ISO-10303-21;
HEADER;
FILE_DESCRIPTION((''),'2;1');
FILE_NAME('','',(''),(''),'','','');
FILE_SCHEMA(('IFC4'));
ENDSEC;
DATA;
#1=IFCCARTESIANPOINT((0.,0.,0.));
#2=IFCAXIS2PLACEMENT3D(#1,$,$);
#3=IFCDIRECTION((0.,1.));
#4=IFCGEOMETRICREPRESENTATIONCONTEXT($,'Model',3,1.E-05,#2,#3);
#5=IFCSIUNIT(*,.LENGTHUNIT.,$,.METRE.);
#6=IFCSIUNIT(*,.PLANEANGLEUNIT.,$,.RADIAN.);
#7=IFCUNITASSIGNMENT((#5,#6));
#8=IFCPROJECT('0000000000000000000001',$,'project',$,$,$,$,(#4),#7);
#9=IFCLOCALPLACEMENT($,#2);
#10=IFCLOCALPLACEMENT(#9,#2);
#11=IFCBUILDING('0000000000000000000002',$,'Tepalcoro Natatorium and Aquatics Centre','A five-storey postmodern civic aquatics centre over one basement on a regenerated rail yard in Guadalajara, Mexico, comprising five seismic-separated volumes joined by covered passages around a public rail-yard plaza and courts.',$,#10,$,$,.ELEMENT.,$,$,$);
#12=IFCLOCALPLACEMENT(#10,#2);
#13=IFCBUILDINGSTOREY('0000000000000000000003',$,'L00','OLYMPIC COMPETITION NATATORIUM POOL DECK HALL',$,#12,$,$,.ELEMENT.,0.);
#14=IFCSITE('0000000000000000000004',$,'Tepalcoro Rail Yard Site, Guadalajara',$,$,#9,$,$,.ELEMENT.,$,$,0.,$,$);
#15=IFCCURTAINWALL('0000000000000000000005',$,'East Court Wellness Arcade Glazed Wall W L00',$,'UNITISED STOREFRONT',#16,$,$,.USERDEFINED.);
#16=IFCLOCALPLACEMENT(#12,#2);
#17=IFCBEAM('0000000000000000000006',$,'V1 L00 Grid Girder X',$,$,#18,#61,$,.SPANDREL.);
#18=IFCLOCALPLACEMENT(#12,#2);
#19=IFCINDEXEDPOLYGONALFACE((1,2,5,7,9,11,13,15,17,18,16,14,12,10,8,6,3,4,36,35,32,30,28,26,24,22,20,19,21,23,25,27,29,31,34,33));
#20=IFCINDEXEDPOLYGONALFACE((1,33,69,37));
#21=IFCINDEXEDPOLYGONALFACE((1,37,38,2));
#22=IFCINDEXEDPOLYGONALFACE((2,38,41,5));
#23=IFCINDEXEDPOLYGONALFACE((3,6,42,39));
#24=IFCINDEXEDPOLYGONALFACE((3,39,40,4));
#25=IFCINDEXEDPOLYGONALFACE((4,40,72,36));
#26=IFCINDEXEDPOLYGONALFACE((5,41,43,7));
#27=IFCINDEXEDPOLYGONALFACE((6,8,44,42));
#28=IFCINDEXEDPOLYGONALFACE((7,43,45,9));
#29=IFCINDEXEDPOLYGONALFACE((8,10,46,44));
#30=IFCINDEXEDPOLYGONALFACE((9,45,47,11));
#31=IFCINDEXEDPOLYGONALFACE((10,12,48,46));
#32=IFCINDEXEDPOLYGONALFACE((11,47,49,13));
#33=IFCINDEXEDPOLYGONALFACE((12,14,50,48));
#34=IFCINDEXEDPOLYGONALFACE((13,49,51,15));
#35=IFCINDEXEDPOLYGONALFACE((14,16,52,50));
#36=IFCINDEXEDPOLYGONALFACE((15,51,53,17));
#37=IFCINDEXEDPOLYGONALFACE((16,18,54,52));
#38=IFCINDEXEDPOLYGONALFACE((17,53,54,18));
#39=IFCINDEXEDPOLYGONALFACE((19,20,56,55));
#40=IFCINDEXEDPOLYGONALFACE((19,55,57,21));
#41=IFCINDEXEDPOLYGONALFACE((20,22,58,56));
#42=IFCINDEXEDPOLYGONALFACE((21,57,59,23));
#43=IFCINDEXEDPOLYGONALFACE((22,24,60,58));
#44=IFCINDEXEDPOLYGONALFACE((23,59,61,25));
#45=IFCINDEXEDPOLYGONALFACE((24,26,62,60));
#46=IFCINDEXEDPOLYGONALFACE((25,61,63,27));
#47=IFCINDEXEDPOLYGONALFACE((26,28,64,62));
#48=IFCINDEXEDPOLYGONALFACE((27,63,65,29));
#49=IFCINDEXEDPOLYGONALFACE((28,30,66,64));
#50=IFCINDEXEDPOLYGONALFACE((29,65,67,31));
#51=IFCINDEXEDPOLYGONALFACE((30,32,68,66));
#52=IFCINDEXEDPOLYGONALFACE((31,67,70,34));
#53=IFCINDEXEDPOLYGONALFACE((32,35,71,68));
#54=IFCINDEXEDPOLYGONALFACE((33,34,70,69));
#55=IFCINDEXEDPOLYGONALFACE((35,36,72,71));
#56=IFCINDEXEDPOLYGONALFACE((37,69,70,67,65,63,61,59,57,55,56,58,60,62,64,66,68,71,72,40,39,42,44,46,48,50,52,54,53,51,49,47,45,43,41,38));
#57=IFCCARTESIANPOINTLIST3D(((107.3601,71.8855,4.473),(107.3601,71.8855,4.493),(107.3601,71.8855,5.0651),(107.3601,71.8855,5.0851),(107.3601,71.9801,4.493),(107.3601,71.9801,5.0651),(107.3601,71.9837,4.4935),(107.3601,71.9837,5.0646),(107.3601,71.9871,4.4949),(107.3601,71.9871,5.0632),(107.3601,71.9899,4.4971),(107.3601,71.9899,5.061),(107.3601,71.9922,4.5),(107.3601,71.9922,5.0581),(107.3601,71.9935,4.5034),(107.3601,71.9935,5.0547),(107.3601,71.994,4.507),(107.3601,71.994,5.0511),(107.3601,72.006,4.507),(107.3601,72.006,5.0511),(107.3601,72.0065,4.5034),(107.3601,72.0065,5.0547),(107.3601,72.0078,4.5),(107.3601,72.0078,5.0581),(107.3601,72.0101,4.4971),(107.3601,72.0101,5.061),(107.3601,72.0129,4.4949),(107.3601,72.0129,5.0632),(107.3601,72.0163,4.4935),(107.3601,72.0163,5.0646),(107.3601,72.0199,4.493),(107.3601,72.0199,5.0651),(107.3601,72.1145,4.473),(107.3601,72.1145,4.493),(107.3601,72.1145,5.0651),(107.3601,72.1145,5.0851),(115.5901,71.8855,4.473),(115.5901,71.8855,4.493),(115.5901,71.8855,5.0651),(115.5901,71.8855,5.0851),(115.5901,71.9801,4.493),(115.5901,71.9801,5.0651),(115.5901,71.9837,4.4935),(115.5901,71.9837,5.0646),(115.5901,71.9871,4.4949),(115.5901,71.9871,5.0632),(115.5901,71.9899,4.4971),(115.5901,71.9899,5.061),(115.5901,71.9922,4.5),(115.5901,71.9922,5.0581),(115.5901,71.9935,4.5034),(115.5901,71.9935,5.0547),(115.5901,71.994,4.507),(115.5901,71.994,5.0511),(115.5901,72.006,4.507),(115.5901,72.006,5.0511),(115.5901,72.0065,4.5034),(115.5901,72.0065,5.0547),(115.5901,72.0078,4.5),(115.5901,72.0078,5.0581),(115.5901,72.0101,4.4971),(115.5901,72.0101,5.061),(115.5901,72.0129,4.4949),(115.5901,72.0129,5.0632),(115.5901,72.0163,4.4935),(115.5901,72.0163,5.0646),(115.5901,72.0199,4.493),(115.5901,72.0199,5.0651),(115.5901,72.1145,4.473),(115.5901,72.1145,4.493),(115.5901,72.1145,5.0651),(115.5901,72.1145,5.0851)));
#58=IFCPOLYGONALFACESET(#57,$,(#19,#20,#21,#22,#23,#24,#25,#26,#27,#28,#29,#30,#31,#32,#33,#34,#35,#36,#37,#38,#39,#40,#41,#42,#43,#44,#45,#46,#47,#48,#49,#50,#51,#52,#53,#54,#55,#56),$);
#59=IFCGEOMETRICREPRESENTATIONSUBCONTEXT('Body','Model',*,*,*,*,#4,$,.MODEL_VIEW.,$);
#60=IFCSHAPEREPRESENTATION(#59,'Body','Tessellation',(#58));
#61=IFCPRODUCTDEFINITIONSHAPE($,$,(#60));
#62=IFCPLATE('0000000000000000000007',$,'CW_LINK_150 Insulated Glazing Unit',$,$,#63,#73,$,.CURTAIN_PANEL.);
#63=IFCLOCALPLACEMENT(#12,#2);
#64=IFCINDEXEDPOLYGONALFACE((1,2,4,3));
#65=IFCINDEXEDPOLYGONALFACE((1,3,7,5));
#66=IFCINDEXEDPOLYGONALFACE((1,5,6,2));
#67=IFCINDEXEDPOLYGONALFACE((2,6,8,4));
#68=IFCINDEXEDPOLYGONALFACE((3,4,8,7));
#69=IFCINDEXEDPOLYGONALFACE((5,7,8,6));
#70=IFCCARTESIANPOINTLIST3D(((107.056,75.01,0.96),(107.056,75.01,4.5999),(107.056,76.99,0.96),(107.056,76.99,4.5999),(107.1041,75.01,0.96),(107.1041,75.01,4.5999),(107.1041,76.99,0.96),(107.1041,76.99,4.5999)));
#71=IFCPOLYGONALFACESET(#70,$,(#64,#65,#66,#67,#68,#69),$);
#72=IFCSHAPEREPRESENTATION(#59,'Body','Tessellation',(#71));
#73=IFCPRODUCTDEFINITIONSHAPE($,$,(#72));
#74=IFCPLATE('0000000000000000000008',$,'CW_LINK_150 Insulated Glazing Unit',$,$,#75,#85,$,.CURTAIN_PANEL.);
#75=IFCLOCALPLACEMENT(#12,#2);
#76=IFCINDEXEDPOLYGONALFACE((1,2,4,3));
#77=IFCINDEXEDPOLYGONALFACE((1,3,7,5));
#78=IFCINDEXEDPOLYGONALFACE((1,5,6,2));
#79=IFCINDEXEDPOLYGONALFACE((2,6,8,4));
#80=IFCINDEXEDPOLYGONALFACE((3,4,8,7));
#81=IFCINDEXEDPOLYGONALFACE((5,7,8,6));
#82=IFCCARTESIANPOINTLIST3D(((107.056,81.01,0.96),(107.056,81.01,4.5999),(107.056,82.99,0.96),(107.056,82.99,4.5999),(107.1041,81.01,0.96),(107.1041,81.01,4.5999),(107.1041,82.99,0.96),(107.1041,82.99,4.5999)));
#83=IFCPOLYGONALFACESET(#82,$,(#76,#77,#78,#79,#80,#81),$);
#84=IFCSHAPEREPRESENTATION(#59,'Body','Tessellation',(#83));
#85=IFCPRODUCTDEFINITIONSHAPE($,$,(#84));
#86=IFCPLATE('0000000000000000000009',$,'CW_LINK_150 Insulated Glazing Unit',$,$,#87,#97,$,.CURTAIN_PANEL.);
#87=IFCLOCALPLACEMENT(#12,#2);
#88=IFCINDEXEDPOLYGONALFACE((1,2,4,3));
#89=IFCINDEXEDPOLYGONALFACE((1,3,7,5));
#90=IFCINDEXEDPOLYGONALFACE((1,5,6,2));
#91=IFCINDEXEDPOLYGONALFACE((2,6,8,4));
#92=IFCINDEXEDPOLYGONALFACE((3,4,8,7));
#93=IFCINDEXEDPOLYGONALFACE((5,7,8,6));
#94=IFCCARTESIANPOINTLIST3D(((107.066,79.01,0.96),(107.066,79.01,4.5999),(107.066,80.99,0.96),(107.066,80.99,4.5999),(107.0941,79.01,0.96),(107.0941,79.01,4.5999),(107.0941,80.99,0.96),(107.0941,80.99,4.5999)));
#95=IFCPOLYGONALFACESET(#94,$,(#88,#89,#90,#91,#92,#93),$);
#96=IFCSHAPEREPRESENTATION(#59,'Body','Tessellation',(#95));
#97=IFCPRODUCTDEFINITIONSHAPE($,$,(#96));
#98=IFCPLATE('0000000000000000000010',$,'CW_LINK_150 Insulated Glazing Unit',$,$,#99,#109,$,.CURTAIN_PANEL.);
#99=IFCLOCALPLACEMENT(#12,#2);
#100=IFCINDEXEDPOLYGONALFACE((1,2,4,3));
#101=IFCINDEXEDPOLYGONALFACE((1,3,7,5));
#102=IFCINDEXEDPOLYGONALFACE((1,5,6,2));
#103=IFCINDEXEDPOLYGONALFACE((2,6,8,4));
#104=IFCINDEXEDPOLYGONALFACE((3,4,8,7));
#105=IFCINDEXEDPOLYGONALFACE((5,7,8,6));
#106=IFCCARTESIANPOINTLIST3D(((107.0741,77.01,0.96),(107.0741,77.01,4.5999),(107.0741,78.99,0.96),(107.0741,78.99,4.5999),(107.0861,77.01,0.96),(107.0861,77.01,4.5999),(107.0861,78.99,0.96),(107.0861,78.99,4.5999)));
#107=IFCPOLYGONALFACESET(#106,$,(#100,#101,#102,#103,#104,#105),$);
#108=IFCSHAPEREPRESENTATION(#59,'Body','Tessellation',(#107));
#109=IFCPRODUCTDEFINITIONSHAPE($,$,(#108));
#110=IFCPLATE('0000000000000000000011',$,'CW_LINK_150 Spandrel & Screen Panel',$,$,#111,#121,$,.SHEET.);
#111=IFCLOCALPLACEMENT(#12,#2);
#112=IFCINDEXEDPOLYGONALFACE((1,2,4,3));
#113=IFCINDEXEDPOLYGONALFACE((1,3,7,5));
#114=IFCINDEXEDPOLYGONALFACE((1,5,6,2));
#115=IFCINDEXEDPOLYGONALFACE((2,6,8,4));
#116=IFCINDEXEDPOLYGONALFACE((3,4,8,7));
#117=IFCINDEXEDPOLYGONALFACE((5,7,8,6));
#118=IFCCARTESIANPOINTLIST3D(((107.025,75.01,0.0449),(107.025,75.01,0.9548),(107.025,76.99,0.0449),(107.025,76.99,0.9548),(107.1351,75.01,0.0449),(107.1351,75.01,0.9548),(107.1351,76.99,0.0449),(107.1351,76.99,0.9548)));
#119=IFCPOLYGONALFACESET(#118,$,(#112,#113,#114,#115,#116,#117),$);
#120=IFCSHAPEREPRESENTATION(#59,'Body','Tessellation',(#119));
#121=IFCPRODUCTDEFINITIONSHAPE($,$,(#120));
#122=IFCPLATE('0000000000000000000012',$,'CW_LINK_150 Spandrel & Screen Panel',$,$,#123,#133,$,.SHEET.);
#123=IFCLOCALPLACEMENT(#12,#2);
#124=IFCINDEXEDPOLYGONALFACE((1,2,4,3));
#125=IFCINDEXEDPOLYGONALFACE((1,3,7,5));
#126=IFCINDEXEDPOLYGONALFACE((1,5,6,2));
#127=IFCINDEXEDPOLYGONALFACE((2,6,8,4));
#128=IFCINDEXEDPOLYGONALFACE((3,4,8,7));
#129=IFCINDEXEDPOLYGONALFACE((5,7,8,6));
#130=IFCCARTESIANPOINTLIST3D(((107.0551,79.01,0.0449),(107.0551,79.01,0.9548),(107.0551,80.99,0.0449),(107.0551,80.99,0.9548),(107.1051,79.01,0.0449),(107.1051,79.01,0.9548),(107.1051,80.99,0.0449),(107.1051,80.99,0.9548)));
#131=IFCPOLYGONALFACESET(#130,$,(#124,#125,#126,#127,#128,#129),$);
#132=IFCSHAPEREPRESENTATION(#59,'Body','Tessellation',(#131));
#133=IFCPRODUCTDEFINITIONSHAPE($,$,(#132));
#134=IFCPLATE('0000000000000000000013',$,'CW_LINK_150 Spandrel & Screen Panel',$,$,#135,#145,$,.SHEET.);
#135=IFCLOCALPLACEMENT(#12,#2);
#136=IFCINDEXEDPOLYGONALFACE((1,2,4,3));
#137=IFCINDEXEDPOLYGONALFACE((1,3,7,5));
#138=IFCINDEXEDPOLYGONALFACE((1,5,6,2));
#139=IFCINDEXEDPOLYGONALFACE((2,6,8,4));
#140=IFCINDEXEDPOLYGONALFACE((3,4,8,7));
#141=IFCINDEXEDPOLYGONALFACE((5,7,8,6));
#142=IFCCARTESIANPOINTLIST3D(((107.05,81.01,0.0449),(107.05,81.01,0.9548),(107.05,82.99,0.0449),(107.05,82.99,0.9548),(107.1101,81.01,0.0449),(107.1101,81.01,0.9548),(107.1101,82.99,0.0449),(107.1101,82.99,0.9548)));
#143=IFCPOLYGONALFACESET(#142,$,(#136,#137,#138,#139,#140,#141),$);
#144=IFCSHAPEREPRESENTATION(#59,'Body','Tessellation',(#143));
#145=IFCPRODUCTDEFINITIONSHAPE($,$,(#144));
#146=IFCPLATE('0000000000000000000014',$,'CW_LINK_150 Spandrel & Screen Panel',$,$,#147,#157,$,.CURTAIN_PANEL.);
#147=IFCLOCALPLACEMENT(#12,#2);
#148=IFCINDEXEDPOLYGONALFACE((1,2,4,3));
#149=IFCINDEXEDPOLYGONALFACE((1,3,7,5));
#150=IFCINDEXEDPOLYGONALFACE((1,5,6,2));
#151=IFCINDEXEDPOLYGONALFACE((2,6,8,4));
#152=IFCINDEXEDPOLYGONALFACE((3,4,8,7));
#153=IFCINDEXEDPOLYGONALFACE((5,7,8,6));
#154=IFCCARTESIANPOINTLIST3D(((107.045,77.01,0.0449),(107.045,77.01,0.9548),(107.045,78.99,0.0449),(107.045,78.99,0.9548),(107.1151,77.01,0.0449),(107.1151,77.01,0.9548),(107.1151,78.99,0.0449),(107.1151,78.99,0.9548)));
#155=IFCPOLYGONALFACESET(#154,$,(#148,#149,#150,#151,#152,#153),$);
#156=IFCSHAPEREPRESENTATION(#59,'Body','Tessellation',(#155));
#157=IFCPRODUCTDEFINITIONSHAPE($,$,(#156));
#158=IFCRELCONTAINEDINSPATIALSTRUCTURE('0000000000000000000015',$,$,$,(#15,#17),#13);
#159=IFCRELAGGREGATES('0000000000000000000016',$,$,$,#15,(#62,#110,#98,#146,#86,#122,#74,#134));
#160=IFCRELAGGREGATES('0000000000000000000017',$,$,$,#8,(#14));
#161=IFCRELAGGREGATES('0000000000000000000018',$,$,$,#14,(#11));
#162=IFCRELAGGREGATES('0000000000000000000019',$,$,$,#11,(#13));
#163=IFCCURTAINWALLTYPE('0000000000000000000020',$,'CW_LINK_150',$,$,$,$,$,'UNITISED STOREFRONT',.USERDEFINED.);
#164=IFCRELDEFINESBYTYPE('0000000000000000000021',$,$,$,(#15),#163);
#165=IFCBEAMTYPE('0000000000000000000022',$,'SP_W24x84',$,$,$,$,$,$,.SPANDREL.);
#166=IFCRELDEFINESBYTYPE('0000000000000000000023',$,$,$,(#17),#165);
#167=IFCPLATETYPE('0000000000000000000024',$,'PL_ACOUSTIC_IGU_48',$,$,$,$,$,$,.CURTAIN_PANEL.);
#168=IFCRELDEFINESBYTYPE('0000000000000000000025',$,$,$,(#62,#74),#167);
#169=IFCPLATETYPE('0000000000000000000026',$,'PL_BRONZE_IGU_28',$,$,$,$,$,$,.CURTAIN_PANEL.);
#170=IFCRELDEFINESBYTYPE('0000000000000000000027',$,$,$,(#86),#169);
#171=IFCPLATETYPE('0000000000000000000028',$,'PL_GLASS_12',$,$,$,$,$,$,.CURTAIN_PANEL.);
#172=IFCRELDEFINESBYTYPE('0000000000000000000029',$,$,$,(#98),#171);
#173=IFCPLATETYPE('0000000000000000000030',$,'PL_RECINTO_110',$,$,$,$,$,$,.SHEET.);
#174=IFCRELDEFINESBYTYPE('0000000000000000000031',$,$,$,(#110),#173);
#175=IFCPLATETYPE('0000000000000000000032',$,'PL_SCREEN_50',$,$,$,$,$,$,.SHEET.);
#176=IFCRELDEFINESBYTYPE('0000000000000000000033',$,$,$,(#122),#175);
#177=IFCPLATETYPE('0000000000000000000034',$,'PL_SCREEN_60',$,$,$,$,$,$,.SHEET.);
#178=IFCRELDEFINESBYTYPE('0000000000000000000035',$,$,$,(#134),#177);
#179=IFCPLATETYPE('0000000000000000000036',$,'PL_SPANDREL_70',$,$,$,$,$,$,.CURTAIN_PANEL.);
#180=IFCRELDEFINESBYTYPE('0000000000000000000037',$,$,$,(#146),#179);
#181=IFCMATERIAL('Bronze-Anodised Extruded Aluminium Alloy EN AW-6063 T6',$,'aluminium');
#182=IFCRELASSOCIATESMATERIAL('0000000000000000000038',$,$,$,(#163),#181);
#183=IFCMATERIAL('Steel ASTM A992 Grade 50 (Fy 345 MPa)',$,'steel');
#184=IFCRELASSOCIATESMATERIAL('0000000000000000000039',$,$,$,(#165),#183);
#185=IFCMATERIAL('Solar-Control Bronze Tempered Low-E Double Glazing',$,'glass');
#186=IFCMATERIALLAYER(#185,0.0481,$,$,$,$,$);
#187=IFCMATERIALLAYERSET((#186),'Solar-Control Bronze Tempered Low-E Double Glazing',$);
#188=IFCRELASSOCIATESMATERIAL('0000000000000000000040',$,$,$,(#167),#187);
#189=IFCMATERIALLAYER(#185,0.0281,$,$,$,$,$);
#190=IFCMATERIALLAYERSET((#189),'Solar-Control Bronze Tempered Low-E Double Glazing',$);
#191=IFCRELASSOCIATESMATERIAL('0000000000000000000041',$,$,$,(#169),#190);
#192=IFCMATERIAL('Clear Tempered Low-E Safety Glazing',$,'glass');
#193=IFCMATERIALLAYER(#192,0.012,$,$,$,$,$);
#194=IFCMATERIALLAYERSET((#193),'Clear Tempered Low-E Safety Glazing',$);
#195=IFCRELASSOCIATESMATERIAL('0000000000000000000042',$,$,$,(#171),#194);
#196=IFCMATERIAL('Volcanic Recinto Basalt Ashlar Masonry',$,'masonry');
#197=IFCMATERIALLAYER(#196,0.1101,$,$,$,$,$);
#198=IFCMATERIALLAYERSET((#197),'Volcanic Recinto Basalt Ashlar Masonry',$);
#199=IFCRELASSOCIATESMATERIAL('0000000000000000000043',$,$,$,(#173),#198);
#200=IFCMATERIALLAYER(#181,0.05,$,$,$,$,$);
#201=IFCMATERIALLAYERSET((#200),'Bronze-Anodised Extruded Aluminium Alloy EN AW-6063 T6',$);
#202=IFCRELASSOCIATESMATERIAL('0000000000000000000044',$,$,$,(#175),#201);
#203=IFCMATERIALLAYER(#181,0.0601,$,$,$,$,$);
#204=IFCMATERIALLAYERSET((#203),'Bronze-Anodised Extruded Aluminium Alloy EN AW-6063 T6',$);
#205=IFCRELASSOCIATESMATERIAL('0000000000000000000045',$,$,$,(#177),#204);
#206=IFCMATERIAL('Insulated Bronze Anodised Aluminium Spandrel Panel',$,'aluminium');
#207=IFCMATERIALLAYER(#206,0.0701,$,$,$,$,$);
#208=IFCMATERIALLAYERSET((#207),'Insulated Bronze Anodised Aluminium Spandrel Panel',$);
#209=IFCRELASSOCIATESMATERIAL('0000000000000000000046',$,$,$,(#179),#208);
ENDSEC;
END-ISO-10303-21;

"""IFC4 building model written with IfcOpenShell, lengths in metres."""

from ifc_helpers import new_model, si_unit, direction, frame, origin, origin_2d, place, context, subcontext, project, spatial, rectangle, i_section, extrude, material, layer, layer_set, material_profile, profile_set, type_object, element, aggregate, save


model = new_model("IFC4")

# Units and contexts
model_context = context("Model", 3, precision=1e-05, world=origin(), true_north=direction((0.0, 1.0)))
body_context = subcontext(model_context, "Body", "Model", "MODEL_VIEW")
ifc_project = project(units=[si_unit("LENGTHUNIT", "METRE"), si_unit("PLANEANGLEUNIT", "RADIAN")], contexts=[model_context])

# Site, building, storey
site_placement = place(None, origin())
site = spatial("IfcSite", under=ifc_project, at=site_placement, Name="Tepalcoro Rail Yard Site, Guadalajara", CompositionType="ELEMENT", RefElevation=0.0)
building_placement = place(site_placement, origin())
building = spatial("IfcBuilding", under=site, at=building_placement, Name="Tepalcoro Natatorium and Aquatics Centre", Description="A five-storey postmodern civic aquatics centre over one basement on a regenerated rail yard in Guadalajara, Mexico, comprising five seismic-separated volumes joined by covered passages around a public rail-yard plaza and courts.", CompositionType="ELEMENT")
storey_placement = place(building_placement, origin())
storey = spatial("IfcBuildingStorey", under=building, at=storey_placement, Name="L00", Description="OLYMPIC COMPETITION NATATORIUM POOL DECK HALL", CompositionType="ELEMENT", Elevation=0.0)

# Shared definitions
ifc_material_1 = material(Name="Steel ASTM A992 Grade 50 (Fy 345 MPa)", Category="steel")

# Curtain wall
ifc_material_2 = material(Name="Bronze-Anodised Extruded Aluminium Alloy EN AW-6063 T6", Category="aluminium")
curtain_wall_type = type_object("IfcCurtainWallType", Name="CW_LINK_150", ElementType="UNITISED STOREFRONT", PredefinedType="USERDEFINED", material=ifc_material_2)
curtain_wall_placement = place(storey_placement, origin())
curtain_wall = element("IfcCurtainWall", 1, at=curtain_wall_placement, inside=storey, type_object=curtain_wall_type, Name="East Court Wellness Arcade Glazed Wall W L00", ObjectType="UNITISED STOREFRONT", PredefinedType="USERDEFINED")

# Beam
ifc_material_profile_1 = material_profile(ifc_material_1, i_section(OverallWidth=0.229, OverallDepth=0.6121, WebThickness=0.012, FlangeThickness=0.02, FilletRadius=0.0139, at=origin_2d()), Name="W24X84")
ifc_profile_set_1 = profile_set([ifc_material_profile_1], Name="Steel ASTM A992 Grade 50 (Fy 345 MPa)")
beam_type_1 = type_object("IfcBeamType", Name="SP_W24x84", PredefinedType="SPANDREL", material=ifc_profile_set_1)
beam_1_placement = place(storey_placement, frame((107.3601, 72.0, 4.7791), z_axis=(1.0, 0.0, 0.0), x_axis=(0.0, 1.0, 0.0)))
element("IfcBeam", 2, at=beam_1_placement, inside=storey, type_object=beam_type_1, Name="V1 L00 Grid Girder X", PredefinedType="SPANDREL", context=body_context, shape_type="SweptSolid", body=[
    extrude(i_section(OverallWidth=0.229, OverallDepth=0.6121, WebThickness=0.012, FlangeThickness=0.02, FilletRadius=0.0139, at=origin_2d()), origin(), (0.0, 0.0, 1.0), 8.23),
])

# Plates
ifc_material_3 = material(Name="Solar-Control Bronze Tempered Low-E Double Glazing", Category="glass")
ifc_layer_1 = layer(ifc_material_3, 0.0481)
ifc_layer_set_1 = layer_set([ifc_layer_1], Name="Solar-Control Bronze Tempered Low-E Double Glazing")
plate_type_1 = type_object("IfcPlateType", Name="PL_ACOUSTIC_IGU_48", PredefinedType="CURTAIN_PANEL", material=ifc_layer_set_1)
plate_1_placement = place(storey_placement, frame((107.0801, 76.0, 0.96), z_axis=(0.0, 0.0, 1.0), x_axis=(1.0, 0.0, 0.0)))
plate_1 = element("IfcPlate", 3, at=plate_1_placement, type_object=plate_type_1, Name="CW_LINK_150 Insulated Glazing Unit", PredefinedType="CURTAIN_PANEL", context=body_context, shape_type="SweptSolid", body=[
    extrude(rectangle(XDim=0.0481, YDim=1.98, at=origin_2d()), origin(), (0.0, 0.0, 1.0), 3.6399),
])
plate_2_placement = place(storey_placement, frame((107.0801, 82.0, 0.96), z_axis=(0.0, 0.0, 1.0), x_axis=(1.0, 0.0, 0.0)))
plate_2 = element("IfcPlate", 4, at=plate_2_placement, type_object=plate_type_1, Name="CW_LINK_150 Insulated Glazing Unit", PredefinedType="CURTAIN_PANEL", context=body_context, shape_type="SweptSolid", body=[
    extrude(rectangle(XDim=0.0481, YDim=1.98, at=origin_2d()), origin(), (0.0, 0.0, 1.0), 3.6399),
])
ifc_layer_2 = layer(ifc_material_3, 0.0281)
ifc_layer_set_2 = layer_set([ifc_layer_2], Name="Solar-Control Bronze Tempered Low-E Double Glazing")
plate_type_2 = type_object("IfcPlateType", Name="PL_BRONZE_IGU_28", PredefinedType="CURTAIN_PANEL", material=ifc_layer_set_2)
plate_3_placement = place(storey_placement, frame((107.0801, 80.0, 0.96), z_axis=(0.0, 0.0, 1.0), x_axis=(1.0, 0.0, 0.0)))
plate_3 = element("IfcPlate", 5, at=plate_3_placement, type_object=plate_type_2, Name="CW_LINK_150 Insulated Glazing Unit", PredefinedType="CURTAIN_PANEL", context=body_context, shape_type="SweptSolid", body=[
    extrude(rectangle(XDim=0.0281, YDim=1.98, at=origin_2d()), origin(), (0.0, 0.0, 1.0), 3.6399),
])
ifc_material_4 = material(Name="Clear Tempered Low-E Safety Glazing", Category="glass")
ifc_layer_3 = layer(ifc_material_4, 0.012)
ifc_layer_set_3 = layer_set([ifc_layer_3], Name="Clear Tempered Low-E Safety Glazing")
plate_type_3 = type_object("IfcPlateType", Name="PL_GLASS_12", PredefinedType="CURTAIN_PANEL", material=ifc_layer_set_3)
plate_4_placement = place(storey_placement, frame((107.0801, 78.0, 0.96), z_axis=(0.0, 0.0, 1.0), x_axis=(1.0, 0.0, 0.0)))
plate_4 = element("IfcPlate", 6, at=plate_4_placement, type_object=plate_type_3, Name="CW_LINK_150 Insulated Glazing Unit", PredefinedType="CURTAIN_PANEL", context=body_context, shape_type="SweptSolid", body=[
    extrude(rectangle(XDim=0.012, YDim=1.98, at=origin_2d()), origin(), (0.0, 0.0, 1.0), 3.6399),
])
ifc_material_5 = material(Name="Volcanic Recinto Basalt Ashlar Masonry", Category="masonry")
ifc_layer_4 = layer(ifc_material_5, 0.1101)
ifc_layer_set_4 = layer_set([ifc_layer_4], Name="Volcanic Recinto Basalt Ashlar Masonry")
plate_type_4 = type_object("IfcPlateType", Name="PL_RECINTO_110", PredefinedType="SHEET", material=ifc_layer_set_4)
plate_5_placement = place(storey_placement, frame((107.0801, 76.0, 0.0449), z_axis=(0.0, 0.0, 1.0), x_axis=(1.0, 0.0, 0.0)))
plate_5 = element("IfcPlate", 7, at=plate_5_placement, type_object=plate_type_4, Name="CW_LINK_150 Spandrel & Screen Panel", PredefinedType="SHEET", context=body_context, shape_type="SweptSolid", body=[
    extrude(rectangle(XDim=0.1101, YDim=1.98, at=origin_2d()), origin(), (0.0, 0.0, 1.0), 0.9099),
])
ifc_layer_5 = layer(ifc_material_2, 0.05)
ifc_layer_set_5 = layer_set([ifc_layer_5], Name="Bronze-Anodised Extruded Aluminium Alloy EN AW-6063 T6")
plate_type_5 = type_object("IfcPlateType", Name="PL_SCREEN_50", PredefinedType="SHEET", material=ifc_layer_set_5)
plate_6_placement = place(storey_placement, frame((107.0801, 80.0, 0.0449), z_axis=(0.0, 0.0, 1.0), x_axis=(1.0, 0.0, 0.0)))
plate_6 = element("IfcPlate", 8, at=plate_6_placement, type_object=plate_type_5, Name="CW_LINK_150 Spandrel & Screen Panel", PredefinedType="SHEET", context=body_context, shape_type="SweptSolid", body=[
    extrude(rectangle(XDim=0.05, YDim=1.98, at=origin_2d()), origin(), (0.0, 0.0, 1.0), 0.9099),
])
ifc_layer_6 = layer(ifc_material_2, 0.0601)
ifc_layer_set_6 = layer_set([ifc_layer_6], Name="Bronze-Anodised Extruded Aluminium Alloy EN AW-6063 T6")
plate_type_6 = type_object("IfcPlateType", Name="PL_SCREEN_60", PredefinedType="SHEET", material=ifc_layer_set_6)
plate_7_placement = place(storey_placement, frame((107.0801, 82.0, 0.0449), z_axis=(0.0, 0.0, 1.0), x_axis=(1.0, 0.0, 0.0)))
plate_7 = element("IfcPlate", 9, at=plate_7_placement, type_object=plate_type_6, Name="CW_LINK_150 Spandrel & Screen Panel", PredefinedType="SHEET", context=body_context, shape_type="SweptSolid", body=[
    extrude(rectangle(XDim=0.0601, YDim=1.98, at=origin_2d()), origin(), (0.0, 0.0, 1.0), 0.9099),
])
ifc_material_6 = material(Name="Insulated Bronze Anodised Aluminium Spandrel Panel", Category="aluminium")
ifc_layer_7 = layer(ifc_material_6, 0.0701)
ifc_layer_set_7 = layer_set([ifc_layer_7], Name="Insulated Bronze Anodised Aluminium Spandrel Panel")
plate_type_7 = type_object("IfcPlateType", Name="PL_SPANDREL_70", PredefinedType="CURTAIN_PANEL", material=ifc_layer_set_7)
plate_8_placement = place(storey_placement, frame((107.0801, 78.0, 0.0449), z_axis=(0.0, 0.0, 1.0), x_axis=(1.0, 0.0, 0.0)))
plate_8 = element("IfcPlate", 10, at=plate_8_placement, type_object=plate_type_7, Name="CW_LINK_150 Spandrel & Screen Panel", PredefinedType="CURTAIN_PANEL", context=body_context, shape_type="SweptSolid", body=[
    extrude(rectangle(XDim=0.0701, YDim=1.98, at=origin_2d()), origin(), (0.0, 0.0, 1.0), 0.9099),
])
aggregate(curtain_wall, [plate_1, plate_5, plate_4, plate_8, plate_3, plate_6, plate_2, plate_7])

save(model, "model.ifc")
